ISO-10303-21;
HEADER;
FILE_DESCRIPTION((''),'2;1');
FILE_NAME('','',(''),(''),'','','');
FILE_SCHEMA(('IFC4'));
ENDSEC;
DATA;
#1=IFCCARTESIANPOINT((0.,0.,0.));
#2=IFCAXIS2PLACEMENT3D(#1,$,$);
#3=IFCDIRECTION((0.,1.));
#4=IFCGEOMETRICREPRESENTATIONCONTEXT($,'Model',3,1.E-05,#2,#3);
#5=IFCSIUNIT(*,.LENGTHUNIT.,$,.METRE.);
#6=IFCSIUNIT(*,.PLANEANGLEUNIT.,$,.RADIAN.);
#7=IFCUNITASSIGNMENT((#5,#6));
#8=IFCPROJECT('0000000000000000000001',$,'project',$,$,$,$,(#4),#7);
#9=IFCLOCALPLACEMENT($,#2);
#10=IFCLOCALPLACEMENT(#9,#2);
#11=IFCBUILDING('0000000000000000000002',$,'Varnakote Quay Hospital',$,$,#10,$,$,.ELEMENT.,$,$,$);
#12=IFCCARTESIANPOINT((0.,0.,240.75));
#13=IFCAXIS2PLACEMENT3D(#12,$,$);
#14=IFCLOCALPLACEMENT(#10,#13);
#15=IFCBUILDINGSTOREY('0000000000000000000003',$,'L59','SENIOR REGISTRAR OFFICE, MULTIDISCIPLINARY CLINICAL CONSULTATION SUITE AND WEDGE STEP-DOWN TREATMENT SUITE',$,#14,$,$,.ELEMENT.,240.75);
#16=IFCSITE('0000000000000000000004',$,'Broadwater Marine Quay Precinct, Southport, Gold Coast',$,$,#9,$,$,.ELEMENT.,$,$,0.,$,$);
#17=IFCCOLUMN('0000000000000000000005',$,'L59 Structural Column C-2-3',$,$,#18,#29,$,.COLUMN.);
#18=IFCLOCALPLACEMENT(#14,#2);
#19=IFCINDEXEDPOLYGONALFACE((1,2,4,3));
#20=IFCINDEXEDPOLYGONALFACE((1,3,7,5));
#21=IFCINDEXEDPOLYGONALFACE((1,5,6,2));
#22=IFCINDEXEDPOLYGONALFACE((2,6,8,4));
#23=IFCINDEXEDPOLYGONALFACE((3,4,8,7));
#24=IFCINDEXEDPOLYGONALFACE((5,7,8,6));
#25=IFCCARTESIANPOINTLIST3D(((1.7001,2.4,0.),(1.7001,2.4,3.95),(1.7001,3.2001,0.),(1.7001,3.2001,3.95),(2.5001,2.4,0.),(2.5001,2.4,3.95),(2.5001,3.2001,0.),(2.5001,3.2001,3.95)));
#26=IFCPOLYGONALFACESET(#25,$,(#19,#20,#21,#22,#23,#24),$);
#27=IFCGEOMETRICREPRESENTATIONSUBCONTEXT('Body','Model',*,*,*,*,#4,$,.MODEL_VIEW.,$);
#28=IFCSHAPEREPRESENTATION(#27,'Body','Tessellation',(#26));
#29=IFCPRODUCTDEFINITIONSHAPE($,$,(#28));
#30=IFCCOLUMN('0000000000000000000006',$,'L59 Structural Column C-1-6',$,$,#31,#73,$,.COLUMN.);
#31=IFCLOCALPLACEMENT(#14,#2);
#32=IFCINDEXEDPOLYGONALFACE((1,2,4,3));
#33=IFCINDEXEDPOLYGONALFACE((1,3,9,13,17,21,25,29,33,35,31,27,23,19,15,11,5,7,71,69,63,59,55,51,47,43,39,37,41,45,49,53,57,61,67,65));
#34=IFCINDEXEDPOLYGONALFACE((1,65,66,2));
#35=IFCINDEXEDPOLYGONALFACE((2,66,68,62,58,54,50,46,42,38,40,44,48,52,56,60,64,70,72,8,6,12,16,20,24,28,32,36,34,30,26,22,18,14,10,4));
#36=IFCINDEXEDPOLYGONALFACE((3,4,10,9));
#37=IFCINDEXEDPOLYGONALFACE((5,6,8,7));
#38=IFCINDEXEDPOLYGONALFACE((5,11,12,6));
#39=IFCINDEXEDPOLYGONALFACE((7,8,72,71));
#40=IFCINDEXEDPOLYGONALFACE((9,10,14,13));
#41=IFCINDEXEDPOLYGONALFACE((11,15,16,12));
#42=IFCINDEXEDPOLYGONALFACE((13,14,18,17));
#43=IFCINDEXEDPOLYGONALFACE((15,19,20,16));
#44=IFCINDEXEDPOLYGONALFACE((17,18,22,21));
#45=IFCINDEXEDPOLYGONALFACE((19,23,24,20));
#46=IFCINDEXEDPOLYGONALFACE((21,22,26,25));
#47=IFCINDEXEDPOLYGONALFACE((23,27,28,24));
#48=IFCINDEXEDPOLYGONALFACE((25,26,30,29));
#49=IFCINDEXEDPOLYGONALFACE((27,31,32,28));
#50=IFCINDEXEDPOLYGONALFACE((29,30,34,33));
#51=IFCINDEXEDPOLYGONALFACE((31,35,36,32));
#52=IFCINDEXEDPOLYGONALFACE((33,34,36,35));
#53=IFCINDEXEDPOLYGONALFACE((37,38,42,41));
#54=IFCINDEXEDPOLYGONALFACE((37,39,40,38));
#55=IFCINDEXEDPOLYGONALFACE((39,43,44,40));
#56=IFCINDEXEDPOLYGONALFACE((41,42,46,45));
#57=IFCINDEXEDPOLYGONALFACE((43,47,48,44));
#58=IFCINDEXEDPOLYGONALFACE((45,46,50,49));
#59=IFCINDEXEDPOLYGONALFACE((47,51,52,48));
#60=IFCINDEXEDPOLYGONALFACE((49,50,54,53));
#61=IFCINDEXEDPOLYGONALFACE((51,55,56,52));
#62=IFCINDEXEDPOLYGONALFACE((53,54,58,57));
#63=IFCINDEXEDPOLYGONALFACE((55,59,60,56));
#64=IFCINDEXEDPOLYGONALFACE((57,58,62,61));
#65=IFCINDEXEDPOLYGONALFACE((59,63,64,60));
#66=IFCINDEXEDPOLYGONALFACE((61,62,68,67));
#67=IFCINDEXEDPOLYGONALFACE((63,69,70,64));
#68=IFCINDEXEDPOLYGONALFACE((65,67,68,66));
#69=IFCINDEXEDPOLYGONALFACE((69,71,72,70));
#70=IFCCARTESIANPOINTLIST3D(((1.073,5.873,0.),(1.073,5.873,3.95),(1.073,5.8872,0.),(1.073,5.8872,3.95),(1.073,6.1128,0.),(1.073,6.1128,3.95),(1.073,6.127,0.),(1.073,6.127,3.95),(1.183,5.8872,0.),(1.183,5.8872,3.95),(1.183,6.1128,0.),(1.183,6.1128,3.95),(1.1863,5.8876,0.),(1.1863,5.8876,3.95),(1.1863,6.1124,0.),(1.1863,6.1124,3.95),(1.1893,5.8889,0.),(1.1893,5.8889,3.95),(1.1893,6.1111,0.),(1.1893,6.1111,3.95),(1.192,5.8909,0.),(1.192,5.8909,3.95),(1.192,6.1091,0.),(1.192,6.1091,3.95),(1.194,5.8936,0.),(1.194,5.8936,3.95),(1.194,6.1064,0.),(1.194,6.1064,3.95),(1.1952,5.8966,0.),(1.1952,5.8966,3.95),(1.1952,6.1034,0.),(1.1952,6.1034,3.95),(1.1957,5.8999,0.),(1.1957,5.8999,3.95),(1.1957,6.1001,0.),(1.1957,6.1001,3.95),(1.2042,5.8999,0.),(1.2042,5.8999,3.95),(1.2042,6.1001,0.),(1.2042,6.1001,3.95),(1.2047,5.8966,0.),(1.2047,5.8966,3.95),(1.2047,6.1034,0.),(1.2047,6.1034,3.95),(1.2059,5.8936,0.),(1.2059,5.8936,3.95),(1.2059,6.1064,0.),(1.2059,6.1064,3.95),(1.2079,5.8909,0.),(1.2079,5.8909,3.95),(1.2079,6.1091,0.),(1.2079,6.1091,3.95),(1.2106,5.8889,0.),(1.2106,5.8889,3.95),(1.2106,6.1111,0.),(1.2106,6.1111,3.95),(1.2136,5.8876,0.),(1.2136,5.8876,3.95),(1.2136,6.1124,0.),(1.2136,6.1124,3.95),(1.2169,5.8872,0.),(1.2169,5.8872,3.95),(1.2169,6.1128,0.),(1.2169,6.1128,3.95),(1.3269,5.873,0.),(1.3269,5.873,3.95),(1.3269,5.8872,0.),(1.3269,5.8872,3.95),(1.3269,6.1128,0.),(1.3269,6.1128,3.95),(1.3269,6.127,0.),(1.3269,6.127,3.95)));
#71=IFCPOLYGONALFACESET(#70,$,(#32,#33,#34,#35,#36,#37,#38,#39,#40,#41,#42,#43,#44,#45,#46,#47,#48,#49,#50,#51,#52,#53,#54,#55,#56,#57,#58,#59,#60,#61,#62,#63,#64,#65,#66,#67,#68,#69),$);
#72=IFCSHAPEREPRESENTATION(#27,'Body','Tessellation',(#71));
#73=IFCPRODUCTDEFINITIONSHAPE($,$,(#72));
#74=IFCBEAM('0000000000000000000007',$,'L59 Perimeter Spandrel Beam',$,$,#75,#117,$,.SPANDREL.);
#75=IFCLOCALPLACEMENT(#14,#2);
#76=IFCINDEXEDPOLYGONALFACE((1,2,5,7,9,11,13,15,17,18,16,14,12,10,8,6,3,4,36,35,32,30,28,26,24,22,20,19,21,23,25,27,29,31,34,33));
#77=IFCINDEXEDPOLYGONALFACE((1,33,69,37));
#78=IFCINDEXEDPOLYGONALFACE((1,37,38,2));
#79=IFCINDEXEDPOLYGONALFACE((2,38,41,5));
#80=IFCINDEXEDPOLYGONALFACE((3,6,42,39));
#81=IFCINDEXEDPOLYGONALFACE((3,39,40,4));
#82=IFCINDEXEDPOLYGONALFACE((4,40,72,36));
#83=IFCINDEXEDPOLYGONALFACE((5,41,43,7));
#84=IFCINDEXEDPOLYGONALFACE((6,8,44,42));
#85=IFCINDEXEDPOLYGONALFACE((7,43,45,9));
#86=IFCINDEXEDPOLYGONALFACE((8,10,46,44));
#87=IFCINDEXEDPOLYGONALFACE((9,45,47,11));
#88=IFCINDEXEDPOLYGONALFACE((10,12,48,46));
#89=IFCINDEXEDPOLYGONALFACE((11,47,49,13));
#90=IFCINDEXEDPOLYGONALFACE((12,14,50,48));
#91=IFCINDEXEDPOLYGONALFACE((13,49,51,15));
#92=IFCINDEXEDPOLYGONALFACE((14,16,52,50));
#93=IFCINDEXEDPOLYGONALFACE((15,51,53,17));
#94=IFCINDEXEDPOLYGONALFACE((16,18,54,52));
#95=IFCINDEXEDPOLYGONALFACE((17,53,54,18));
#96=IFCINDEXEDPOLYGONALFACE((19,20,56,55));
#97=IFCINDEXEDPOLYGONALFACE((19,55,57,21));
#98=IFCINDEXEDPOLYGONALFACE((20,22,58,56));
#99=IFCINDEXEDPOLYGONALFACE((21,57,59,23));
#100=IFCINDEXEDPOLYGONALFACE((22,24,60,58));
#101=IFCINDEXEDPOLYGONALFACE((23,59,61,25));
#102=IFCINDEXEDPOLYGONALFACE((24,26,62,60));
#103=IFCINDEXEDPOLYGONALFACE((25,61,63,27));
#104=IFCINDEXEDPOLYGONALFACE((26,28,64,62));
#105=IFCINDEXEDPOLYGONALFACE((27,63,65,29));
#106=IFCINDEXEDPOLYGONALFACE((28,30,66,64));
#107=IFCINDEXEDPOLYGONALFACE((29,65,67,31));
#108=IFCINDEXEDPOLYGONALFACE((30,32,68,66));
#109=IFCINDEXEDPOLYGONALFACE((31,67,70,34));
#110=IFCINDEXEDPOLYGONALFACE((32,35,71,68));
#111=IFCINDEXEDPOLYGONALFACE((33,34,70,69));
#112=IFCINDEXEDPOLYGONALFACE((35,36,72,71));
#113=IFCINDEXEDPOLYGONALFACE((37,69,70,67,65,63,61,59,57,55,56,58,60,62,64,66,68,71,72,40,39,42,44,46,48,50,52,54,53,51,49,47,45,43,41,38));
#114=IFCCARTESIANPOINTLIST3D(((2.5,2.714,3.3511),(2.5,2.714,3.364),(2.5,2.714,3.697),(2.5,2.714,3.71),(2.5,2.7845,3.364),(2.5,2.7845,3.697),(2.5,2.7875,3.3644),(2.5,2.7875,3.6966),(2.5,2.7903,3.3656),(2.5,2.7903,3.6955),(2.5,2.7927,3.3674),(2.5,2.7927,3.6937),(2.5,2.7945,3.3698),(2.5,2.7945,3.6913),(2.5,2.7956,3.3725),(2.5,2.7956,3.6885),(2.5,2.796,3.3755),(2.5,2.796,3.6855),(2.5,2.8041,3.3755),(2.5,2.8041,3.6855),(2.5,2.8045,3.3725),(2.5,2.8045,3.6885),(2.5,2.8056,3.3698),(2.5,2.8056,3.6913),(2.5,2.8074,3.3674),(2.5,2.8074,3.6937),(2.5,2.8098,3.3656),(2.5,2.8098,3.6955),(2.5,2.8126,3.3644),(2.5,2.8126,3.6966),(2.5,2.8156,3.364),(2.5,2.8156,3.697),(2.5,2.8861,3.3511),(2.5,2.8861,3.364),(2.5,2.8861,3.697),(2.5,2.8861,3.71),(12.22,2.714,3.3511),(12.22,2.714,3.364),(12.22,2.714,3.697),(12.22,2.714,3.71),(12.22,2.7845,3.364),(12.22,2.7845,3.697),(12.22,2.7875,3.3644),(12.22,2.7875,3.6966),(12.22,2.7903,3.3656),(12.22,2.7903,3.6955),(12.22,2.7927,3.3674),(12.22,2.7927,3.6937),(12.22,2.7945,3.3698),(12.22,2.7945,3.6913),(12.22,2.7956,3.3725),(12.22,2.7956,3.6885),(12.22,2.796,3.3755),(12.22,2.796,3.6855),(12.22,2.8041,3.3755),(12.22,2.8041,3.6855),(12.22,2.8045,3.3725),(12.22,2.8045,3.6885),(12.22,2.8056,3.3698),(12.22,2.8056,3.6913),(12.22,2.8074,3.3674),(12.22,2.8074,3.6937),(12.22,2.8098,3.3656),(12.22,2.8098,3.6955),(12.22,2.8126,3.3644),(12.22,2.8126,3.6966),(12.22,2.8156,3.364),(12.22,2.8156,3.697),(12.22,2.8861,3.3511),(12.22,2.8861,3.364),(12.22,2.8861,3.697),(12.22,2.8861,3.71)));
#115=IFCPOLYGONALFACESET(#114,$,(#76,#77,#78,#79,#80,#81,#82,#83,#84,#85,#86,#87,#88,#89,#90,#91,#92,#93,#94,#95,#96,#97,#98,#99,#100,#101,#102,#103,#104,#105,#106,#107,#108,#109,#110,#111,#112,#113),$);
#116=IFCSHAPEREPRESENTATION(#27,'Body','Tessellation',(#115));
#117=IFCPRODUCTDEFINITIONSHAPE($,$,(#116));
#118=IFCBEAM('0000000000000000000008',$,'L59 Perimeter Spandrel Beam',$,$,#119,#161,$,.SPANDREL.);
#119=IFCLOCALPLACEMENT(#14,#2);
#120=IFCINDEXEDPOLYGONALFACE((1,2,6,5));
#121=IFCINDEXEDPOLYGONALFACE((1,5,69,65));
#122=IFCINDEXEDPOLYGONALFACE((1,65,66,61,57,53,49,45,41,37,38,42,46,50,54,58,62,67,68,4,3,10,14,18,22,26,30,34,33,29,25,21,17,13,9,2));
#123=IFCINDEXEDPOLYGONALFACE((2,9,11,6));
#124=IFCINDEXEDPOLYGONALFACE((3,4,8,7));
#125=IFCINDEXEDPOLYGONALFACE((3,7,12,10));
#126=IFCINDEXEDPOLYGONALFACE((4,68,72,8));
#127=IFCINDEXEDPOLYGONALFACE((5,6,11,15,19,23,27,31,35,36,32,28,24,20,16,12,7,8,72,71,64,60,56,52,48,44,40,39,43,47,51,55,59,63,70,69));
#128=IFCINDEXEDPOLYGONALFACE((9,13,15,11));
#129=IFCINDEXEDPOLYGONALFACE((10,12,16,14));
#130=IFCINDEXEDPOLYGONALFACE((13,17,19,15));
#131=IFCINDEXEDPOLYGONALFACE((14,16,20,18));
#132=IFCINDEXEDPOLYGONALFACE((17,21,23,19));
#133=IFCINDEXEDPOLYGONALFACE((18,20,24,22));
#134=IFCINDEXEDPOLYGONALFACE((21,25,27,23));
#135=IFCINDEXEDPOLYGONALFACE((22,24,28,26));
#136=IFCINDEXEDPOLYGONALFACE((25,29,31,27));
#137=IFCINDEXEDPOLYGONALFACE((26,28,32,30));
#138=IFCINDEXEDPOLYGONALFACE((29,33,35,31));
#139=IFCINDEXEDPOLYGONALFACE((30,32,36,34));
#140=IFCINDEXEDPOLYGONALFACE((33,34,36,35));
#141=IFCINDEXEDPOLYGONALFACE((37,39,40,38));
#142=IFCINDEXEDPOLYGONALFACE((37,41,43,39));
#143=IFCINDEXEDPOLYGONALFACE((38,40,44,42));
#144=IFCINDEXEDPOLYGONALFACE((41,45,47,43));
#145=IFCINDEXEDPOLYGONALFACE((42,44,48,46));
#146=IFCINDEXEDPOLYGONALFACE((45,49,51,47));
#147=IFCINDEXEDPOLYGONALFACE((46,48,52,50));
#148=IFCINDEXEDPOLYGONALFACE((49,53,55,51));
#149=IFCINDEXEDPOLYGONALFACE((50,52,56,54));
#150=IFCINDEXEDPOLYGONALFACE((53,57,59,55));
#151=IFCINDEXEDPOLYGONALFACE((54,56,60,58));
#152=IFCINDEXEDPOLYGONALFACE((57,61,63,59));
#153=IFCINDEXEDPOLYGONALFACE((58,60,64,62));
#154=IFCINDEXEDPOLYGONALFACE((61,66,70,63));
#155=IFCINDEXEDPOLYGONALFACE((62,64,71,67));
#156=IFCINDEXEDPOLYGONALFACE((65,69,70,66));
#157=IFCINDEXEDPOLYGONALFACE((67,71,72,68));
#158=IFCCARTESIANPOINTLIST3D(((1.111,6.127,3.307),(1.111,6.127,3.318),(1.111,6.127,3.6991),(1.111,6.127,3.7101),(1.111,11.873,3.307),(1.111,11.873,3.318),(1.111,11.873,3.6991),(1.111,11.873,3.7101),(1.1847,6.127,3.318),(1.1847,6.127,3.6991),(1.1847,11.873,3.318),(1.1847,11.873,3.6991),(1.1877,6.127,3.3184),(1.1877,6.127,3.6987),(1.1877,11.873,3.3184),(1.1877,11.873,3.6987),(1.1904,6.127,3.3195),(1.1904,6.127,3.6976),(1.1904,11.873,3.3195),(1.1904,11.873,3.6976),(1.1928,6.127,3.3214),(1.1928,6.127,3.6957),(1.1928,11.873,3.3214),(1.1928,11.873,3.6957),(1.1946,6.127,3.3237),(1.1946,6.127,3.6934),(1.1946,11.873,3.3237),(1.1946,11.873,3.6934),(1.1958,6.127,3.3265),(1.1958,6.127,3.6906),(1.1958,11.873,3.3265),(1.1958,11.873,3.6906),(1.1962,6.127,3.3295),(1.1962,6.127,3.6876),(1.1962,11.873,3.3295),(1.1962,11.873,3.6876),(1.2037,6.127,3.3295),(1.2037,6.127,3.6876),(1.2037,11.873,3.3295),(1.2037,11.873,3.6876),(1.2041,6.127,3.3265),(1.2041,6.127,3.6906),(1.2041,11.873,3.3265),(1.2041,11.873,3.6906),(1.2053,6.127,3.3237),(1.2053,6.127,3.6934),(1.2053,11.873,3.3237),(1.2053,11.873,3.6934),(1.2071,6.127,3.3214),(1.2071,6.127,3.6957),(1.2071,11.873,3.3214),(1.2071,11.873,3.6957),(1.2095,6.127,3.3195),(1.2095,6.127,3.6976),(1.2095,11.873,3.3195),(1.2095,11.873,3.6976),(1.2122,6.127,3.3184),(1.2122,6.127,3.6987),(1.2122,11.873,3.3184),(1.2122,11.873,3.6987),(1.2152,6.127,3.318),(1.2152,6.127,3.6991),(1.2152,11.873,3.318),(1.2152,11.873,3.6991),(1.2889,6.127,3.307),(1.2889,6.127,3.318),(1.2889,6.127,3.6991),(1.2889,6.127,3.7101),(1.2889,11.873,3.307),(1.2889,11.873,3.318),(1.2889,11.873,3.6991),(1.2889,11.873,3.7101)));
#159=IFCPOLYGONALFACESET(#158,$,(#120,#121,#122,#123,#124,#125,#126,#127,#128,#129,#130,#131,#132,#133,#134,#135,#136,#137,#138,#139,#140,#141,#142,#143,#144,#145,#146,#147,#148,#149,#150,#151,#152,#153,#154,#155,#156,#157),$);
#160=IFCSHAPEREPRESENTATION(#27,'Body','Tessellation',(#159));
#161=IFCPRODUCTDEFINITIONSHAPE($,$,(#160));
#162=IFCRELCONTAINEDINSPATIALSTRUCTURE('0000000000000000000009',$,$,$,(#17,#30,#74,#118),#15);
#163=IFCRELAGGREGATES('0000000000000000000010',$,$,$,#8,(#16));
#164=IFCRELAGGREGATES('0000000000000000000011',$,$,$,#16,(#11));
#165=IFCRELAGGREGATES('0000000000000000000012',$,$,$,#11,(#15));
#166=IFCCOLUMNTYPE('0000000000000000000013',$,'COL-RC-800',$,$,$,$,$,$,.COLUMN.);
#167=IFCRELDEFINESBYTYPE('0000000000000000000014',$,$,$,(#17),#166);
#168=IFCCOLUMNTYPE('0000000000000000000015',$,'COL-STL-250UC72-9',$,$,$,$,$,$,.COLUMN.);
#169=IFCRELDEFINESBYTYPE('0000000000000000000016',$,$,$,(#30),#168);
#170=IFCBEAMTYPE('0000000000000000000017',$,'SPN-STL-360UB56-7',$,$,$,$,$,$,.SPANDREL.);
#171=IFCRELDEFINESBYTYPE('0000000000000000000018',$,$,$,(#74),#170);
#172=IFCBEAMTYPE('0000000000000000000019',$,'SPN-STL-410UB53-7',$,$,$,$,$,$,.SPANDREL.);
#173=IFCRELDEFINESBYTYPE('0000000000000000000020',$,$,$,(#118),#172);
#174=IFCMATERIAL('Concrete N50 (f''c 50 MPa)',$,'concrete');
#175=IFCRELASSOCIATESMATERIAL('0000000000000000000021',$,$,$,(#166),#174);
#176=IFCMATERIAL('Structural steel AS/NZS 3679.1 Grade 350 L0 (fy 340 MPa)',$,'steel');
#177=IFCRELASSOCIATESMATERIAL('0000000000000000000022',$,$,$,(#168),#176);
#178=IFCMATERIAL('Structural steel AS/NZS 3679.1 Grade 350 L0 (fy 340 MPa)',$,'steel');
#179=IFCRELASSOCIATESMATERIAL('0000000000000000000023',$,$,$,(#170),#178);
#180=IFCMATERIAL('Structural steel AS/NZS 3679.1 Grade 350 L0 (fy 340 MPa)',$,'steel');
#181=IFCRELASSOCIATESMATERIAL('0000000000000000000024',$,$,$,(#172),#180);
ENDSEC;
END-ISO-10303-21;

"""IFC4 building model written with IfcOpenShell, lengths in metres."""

from ifc_helpers import new_model, si_unit, direction, frame, origin, origin_2d, place, context, subcontext, project, spatial, rectangle, i_section, extrude, material, material_profile, profile_set, type_object, element, save


model = new_model("IFC4")

# Units and contexts
model_context = context("Model", 3, precision=1e-05, world=origin(), true_north=direction((0.0, 1.0)))
body_context = subcontext(model_context, "Body", "Model", "MODEL_VIEW")
ifc_project = project(units=[si_unit("LENGTHUNIT", "METRE"), si_unit("PLANEANGLEUNIT", "RADIAN")], contexts=[model_context])

# Site, building, storey
site_placement = place(None, origin())
site = spatial("IfcSite", under=ifc_project, at=site_placement, Name="Broadwater Marine Quay Precinct, Southport, Gold Coast", CompositionType="ELEMENT", RefElevation=0.0)
building_placement = place(site_placement, origin())
building = spatial("IfcBuilding", under=site, at=building_placement, Name="Varnakote Quay Hospital", CompositionType="ELEMENT")
storey_placement = place(building_placement, frame((0.0, 0.0, 240.75)))
storey = spatial("IfcBuildingStorey", under=building, at=storey_placement, Name="L59", Description="SENIOR REGISTRAR OFFICE, MULTIDISCIPLINARY CLINICAL CONSULTATION SUITE AND WEDGE STEP-DOWN TREATMENT SUITE", CompositionType="ELEMENT", Elevation=240.75)

# Columns
ifc_material_1 = material(Name="Concrete N50 (f'c 50 MPa)", Category="concrete")
ifc_material_profile_1 = material_profile(ifc_material_1, rectangle(XDim=0.8, YDim=0.8, at=origin_2d()), Name="RC-COL-800x800")
ifc_profile_set_1 = profile_set([ifc_material_profile_1], Name="Concrete N50 (f'c 50 MPa)")
column_type_1 = type_object("IfcColumnType", Name="COL-RC-800", PredefinedType="COLUMN", material=ifc_profile_set_1)
column_1_placement = place(storey_placement, frame((2.1001, 2.8, 0.0), z_axis=(0.0, 0.0, 1.0), x_axis=(1.0, 0.0, 0.0)))
element("IfcColumn", 1, at=column_1_placement, inside=storey, type_object=column_type_1, Name="L59 Structural Column C-2-3", PredefinedType="COLUMN", context=body_context, shape_type="SweptSolid", body=[
    extrude(rectangle(XDim=0.8, YDim=0.8, at=origin_2d()), origin(), (0.0, 0.0, 1.0), 3.95),
])
ifc_material_2 = material(Name="Structural steel AS/NZS 3679.1 Grade 350 L0 (fy 340 MPa)", Category="steel")
ifc_material_profile_2 = material_profile(ifc_material_2, i_section(OverallWidth=0.2539, OverallDepth=0.2539, WebThickness=0.0085, FlangeThickness=0.0142, FilletRadius=0.0127, at=origin_2d()), Name="250UC72.9")
ifc_profile_set_2 = profile_set([ifc_material_profile_2], Name="Structural steel AS/NZS 3679.1 Grade 350 L0 (fy 340 MPa)")
column_type_2 = type_object("IfcColumnType", Name="COL-STL-250UC72-9", PredefinedType="COLUMN", material=ifc_profile_set_2)
column_2_placement = place(storey_placement, frame((1.2, 6.0, 0.0), z_axis=(0.0, 0.0, 1.0), x_axis=(1.0, 0.0, 0.0)))
element("IfcColumn", 2, at=column_2_placement, inside=storey, type_object=column_type_2, Name="L59 Structural Column C-1-6", PredefinedType="COLUMN", context=body_context, shape_type="SweptSolid", body=[
    extrude(i_section(OverallWidth=0.2539, OverallDepth=0.2539, WebThickness=0.0085, FlangeThickness=0.0142, FilletRadius=0.0127, at=origin_2d()), origin(), (0.0, 0.0, 1.0), 3.95),
])

# Beams
ifc_material_3 = material(Name="Structural steel AS/NZS 3679.1 Grade 350 L0 (fy 340 MPa)", Category="steel")
ifc_material_profile_3 = material_profile(ifc_material_3, i_section(OverallWidth=0.1721, OverallDepth=0.3589, WebThickness=0.0081, FlangeThickness=0.0129, FilletRadius=0.0115, at=origin_2d()), Name="360UB56.7")
ifc_profile_set_3 = profile_set([ifc_material_profile_3], Name="Structural steel AS/NZS 3679.1 Grade 350 L0 (fy 340 MPa)")
beam_type_1 = type_object("IfcBeamType", Name="SPN-STL-360UB56-7", PredefinedType="SPANDREL", material=ifc_profile_set_3)
beam_1_placement = place(storey_placement, frame((2.5, 2.8, 3.5305), z_axis=(1.0, 0.0, 0.0), x_axis=(0.0, 1.0, 0.0)))
element("IfcBeam", 3, at=beam_1_placement, inside=storey, type_object=beam_type_1, Name="L59 Perimeter Spandrel Beam", PredefinedType="SPANDREL", context=body_context, shape_type="SweptSolid", body=[
    extrude(i_section(OverallWidth=0.1721, OverallDepth=0.3589, WebThickness=0.0081, FlangeThickness=0.0129, FilletRadius=0.0115, at=origin_2d()), origin(), (0.0, 0.0, 1.0), 9.72),
])
ifc_material_4 = material(Name="Structural steel AS/NZS 3679.1 Grade 350 L0 (fy 340 MPa)", Category="steel")
ifc_material_profile_4 = material_profile(ifc_material_4, i_section(OverallWidth=0.178, OverallDepth=0.4031, WebThickness=0.0076, FlangeThickness=0.011, FilletRadius=0.0115, at=origin_2d()), Name="410UB53.7")
ifc_profile_set_4 = profile_set([ifc_material_profile_4], Name="Structural steel AS/NZS 3679.1 Grade 350 L0 (fy 340 MPa)")
beam_type_2 = type_object("IfcBeamType", Name="SPN-STL-410UB53-7", PredefinedType="SPANDREL", material=ifc_profile_set_4)
beam_2_placement = place(storey_placement, frame((1.2, 6.127, 3.5085), z_axis=(0.0, 1.0, 0.0), x_axis=(-1.0, 0.0, 0.0)))
element("IfcBeam", 4, at=beam_2_placement, inside=storey, type_object=beam_type_2, Name="L59 Perimeter Spandrel Beam", PredefinedType="SPANDREL", context=body_context, shape_type="SweptSolid", body=[
    extrude(i_section(OverallWidth=0.178, OverallDepth=0.4031, WebThickness=0.0076, FlangeThickness=0.011, FilletRadius=0.0115, at=origin_2d()), origin(), (0.0, 0.0, 1.0), 5.7461),
])

save(model, "model.ifc")
